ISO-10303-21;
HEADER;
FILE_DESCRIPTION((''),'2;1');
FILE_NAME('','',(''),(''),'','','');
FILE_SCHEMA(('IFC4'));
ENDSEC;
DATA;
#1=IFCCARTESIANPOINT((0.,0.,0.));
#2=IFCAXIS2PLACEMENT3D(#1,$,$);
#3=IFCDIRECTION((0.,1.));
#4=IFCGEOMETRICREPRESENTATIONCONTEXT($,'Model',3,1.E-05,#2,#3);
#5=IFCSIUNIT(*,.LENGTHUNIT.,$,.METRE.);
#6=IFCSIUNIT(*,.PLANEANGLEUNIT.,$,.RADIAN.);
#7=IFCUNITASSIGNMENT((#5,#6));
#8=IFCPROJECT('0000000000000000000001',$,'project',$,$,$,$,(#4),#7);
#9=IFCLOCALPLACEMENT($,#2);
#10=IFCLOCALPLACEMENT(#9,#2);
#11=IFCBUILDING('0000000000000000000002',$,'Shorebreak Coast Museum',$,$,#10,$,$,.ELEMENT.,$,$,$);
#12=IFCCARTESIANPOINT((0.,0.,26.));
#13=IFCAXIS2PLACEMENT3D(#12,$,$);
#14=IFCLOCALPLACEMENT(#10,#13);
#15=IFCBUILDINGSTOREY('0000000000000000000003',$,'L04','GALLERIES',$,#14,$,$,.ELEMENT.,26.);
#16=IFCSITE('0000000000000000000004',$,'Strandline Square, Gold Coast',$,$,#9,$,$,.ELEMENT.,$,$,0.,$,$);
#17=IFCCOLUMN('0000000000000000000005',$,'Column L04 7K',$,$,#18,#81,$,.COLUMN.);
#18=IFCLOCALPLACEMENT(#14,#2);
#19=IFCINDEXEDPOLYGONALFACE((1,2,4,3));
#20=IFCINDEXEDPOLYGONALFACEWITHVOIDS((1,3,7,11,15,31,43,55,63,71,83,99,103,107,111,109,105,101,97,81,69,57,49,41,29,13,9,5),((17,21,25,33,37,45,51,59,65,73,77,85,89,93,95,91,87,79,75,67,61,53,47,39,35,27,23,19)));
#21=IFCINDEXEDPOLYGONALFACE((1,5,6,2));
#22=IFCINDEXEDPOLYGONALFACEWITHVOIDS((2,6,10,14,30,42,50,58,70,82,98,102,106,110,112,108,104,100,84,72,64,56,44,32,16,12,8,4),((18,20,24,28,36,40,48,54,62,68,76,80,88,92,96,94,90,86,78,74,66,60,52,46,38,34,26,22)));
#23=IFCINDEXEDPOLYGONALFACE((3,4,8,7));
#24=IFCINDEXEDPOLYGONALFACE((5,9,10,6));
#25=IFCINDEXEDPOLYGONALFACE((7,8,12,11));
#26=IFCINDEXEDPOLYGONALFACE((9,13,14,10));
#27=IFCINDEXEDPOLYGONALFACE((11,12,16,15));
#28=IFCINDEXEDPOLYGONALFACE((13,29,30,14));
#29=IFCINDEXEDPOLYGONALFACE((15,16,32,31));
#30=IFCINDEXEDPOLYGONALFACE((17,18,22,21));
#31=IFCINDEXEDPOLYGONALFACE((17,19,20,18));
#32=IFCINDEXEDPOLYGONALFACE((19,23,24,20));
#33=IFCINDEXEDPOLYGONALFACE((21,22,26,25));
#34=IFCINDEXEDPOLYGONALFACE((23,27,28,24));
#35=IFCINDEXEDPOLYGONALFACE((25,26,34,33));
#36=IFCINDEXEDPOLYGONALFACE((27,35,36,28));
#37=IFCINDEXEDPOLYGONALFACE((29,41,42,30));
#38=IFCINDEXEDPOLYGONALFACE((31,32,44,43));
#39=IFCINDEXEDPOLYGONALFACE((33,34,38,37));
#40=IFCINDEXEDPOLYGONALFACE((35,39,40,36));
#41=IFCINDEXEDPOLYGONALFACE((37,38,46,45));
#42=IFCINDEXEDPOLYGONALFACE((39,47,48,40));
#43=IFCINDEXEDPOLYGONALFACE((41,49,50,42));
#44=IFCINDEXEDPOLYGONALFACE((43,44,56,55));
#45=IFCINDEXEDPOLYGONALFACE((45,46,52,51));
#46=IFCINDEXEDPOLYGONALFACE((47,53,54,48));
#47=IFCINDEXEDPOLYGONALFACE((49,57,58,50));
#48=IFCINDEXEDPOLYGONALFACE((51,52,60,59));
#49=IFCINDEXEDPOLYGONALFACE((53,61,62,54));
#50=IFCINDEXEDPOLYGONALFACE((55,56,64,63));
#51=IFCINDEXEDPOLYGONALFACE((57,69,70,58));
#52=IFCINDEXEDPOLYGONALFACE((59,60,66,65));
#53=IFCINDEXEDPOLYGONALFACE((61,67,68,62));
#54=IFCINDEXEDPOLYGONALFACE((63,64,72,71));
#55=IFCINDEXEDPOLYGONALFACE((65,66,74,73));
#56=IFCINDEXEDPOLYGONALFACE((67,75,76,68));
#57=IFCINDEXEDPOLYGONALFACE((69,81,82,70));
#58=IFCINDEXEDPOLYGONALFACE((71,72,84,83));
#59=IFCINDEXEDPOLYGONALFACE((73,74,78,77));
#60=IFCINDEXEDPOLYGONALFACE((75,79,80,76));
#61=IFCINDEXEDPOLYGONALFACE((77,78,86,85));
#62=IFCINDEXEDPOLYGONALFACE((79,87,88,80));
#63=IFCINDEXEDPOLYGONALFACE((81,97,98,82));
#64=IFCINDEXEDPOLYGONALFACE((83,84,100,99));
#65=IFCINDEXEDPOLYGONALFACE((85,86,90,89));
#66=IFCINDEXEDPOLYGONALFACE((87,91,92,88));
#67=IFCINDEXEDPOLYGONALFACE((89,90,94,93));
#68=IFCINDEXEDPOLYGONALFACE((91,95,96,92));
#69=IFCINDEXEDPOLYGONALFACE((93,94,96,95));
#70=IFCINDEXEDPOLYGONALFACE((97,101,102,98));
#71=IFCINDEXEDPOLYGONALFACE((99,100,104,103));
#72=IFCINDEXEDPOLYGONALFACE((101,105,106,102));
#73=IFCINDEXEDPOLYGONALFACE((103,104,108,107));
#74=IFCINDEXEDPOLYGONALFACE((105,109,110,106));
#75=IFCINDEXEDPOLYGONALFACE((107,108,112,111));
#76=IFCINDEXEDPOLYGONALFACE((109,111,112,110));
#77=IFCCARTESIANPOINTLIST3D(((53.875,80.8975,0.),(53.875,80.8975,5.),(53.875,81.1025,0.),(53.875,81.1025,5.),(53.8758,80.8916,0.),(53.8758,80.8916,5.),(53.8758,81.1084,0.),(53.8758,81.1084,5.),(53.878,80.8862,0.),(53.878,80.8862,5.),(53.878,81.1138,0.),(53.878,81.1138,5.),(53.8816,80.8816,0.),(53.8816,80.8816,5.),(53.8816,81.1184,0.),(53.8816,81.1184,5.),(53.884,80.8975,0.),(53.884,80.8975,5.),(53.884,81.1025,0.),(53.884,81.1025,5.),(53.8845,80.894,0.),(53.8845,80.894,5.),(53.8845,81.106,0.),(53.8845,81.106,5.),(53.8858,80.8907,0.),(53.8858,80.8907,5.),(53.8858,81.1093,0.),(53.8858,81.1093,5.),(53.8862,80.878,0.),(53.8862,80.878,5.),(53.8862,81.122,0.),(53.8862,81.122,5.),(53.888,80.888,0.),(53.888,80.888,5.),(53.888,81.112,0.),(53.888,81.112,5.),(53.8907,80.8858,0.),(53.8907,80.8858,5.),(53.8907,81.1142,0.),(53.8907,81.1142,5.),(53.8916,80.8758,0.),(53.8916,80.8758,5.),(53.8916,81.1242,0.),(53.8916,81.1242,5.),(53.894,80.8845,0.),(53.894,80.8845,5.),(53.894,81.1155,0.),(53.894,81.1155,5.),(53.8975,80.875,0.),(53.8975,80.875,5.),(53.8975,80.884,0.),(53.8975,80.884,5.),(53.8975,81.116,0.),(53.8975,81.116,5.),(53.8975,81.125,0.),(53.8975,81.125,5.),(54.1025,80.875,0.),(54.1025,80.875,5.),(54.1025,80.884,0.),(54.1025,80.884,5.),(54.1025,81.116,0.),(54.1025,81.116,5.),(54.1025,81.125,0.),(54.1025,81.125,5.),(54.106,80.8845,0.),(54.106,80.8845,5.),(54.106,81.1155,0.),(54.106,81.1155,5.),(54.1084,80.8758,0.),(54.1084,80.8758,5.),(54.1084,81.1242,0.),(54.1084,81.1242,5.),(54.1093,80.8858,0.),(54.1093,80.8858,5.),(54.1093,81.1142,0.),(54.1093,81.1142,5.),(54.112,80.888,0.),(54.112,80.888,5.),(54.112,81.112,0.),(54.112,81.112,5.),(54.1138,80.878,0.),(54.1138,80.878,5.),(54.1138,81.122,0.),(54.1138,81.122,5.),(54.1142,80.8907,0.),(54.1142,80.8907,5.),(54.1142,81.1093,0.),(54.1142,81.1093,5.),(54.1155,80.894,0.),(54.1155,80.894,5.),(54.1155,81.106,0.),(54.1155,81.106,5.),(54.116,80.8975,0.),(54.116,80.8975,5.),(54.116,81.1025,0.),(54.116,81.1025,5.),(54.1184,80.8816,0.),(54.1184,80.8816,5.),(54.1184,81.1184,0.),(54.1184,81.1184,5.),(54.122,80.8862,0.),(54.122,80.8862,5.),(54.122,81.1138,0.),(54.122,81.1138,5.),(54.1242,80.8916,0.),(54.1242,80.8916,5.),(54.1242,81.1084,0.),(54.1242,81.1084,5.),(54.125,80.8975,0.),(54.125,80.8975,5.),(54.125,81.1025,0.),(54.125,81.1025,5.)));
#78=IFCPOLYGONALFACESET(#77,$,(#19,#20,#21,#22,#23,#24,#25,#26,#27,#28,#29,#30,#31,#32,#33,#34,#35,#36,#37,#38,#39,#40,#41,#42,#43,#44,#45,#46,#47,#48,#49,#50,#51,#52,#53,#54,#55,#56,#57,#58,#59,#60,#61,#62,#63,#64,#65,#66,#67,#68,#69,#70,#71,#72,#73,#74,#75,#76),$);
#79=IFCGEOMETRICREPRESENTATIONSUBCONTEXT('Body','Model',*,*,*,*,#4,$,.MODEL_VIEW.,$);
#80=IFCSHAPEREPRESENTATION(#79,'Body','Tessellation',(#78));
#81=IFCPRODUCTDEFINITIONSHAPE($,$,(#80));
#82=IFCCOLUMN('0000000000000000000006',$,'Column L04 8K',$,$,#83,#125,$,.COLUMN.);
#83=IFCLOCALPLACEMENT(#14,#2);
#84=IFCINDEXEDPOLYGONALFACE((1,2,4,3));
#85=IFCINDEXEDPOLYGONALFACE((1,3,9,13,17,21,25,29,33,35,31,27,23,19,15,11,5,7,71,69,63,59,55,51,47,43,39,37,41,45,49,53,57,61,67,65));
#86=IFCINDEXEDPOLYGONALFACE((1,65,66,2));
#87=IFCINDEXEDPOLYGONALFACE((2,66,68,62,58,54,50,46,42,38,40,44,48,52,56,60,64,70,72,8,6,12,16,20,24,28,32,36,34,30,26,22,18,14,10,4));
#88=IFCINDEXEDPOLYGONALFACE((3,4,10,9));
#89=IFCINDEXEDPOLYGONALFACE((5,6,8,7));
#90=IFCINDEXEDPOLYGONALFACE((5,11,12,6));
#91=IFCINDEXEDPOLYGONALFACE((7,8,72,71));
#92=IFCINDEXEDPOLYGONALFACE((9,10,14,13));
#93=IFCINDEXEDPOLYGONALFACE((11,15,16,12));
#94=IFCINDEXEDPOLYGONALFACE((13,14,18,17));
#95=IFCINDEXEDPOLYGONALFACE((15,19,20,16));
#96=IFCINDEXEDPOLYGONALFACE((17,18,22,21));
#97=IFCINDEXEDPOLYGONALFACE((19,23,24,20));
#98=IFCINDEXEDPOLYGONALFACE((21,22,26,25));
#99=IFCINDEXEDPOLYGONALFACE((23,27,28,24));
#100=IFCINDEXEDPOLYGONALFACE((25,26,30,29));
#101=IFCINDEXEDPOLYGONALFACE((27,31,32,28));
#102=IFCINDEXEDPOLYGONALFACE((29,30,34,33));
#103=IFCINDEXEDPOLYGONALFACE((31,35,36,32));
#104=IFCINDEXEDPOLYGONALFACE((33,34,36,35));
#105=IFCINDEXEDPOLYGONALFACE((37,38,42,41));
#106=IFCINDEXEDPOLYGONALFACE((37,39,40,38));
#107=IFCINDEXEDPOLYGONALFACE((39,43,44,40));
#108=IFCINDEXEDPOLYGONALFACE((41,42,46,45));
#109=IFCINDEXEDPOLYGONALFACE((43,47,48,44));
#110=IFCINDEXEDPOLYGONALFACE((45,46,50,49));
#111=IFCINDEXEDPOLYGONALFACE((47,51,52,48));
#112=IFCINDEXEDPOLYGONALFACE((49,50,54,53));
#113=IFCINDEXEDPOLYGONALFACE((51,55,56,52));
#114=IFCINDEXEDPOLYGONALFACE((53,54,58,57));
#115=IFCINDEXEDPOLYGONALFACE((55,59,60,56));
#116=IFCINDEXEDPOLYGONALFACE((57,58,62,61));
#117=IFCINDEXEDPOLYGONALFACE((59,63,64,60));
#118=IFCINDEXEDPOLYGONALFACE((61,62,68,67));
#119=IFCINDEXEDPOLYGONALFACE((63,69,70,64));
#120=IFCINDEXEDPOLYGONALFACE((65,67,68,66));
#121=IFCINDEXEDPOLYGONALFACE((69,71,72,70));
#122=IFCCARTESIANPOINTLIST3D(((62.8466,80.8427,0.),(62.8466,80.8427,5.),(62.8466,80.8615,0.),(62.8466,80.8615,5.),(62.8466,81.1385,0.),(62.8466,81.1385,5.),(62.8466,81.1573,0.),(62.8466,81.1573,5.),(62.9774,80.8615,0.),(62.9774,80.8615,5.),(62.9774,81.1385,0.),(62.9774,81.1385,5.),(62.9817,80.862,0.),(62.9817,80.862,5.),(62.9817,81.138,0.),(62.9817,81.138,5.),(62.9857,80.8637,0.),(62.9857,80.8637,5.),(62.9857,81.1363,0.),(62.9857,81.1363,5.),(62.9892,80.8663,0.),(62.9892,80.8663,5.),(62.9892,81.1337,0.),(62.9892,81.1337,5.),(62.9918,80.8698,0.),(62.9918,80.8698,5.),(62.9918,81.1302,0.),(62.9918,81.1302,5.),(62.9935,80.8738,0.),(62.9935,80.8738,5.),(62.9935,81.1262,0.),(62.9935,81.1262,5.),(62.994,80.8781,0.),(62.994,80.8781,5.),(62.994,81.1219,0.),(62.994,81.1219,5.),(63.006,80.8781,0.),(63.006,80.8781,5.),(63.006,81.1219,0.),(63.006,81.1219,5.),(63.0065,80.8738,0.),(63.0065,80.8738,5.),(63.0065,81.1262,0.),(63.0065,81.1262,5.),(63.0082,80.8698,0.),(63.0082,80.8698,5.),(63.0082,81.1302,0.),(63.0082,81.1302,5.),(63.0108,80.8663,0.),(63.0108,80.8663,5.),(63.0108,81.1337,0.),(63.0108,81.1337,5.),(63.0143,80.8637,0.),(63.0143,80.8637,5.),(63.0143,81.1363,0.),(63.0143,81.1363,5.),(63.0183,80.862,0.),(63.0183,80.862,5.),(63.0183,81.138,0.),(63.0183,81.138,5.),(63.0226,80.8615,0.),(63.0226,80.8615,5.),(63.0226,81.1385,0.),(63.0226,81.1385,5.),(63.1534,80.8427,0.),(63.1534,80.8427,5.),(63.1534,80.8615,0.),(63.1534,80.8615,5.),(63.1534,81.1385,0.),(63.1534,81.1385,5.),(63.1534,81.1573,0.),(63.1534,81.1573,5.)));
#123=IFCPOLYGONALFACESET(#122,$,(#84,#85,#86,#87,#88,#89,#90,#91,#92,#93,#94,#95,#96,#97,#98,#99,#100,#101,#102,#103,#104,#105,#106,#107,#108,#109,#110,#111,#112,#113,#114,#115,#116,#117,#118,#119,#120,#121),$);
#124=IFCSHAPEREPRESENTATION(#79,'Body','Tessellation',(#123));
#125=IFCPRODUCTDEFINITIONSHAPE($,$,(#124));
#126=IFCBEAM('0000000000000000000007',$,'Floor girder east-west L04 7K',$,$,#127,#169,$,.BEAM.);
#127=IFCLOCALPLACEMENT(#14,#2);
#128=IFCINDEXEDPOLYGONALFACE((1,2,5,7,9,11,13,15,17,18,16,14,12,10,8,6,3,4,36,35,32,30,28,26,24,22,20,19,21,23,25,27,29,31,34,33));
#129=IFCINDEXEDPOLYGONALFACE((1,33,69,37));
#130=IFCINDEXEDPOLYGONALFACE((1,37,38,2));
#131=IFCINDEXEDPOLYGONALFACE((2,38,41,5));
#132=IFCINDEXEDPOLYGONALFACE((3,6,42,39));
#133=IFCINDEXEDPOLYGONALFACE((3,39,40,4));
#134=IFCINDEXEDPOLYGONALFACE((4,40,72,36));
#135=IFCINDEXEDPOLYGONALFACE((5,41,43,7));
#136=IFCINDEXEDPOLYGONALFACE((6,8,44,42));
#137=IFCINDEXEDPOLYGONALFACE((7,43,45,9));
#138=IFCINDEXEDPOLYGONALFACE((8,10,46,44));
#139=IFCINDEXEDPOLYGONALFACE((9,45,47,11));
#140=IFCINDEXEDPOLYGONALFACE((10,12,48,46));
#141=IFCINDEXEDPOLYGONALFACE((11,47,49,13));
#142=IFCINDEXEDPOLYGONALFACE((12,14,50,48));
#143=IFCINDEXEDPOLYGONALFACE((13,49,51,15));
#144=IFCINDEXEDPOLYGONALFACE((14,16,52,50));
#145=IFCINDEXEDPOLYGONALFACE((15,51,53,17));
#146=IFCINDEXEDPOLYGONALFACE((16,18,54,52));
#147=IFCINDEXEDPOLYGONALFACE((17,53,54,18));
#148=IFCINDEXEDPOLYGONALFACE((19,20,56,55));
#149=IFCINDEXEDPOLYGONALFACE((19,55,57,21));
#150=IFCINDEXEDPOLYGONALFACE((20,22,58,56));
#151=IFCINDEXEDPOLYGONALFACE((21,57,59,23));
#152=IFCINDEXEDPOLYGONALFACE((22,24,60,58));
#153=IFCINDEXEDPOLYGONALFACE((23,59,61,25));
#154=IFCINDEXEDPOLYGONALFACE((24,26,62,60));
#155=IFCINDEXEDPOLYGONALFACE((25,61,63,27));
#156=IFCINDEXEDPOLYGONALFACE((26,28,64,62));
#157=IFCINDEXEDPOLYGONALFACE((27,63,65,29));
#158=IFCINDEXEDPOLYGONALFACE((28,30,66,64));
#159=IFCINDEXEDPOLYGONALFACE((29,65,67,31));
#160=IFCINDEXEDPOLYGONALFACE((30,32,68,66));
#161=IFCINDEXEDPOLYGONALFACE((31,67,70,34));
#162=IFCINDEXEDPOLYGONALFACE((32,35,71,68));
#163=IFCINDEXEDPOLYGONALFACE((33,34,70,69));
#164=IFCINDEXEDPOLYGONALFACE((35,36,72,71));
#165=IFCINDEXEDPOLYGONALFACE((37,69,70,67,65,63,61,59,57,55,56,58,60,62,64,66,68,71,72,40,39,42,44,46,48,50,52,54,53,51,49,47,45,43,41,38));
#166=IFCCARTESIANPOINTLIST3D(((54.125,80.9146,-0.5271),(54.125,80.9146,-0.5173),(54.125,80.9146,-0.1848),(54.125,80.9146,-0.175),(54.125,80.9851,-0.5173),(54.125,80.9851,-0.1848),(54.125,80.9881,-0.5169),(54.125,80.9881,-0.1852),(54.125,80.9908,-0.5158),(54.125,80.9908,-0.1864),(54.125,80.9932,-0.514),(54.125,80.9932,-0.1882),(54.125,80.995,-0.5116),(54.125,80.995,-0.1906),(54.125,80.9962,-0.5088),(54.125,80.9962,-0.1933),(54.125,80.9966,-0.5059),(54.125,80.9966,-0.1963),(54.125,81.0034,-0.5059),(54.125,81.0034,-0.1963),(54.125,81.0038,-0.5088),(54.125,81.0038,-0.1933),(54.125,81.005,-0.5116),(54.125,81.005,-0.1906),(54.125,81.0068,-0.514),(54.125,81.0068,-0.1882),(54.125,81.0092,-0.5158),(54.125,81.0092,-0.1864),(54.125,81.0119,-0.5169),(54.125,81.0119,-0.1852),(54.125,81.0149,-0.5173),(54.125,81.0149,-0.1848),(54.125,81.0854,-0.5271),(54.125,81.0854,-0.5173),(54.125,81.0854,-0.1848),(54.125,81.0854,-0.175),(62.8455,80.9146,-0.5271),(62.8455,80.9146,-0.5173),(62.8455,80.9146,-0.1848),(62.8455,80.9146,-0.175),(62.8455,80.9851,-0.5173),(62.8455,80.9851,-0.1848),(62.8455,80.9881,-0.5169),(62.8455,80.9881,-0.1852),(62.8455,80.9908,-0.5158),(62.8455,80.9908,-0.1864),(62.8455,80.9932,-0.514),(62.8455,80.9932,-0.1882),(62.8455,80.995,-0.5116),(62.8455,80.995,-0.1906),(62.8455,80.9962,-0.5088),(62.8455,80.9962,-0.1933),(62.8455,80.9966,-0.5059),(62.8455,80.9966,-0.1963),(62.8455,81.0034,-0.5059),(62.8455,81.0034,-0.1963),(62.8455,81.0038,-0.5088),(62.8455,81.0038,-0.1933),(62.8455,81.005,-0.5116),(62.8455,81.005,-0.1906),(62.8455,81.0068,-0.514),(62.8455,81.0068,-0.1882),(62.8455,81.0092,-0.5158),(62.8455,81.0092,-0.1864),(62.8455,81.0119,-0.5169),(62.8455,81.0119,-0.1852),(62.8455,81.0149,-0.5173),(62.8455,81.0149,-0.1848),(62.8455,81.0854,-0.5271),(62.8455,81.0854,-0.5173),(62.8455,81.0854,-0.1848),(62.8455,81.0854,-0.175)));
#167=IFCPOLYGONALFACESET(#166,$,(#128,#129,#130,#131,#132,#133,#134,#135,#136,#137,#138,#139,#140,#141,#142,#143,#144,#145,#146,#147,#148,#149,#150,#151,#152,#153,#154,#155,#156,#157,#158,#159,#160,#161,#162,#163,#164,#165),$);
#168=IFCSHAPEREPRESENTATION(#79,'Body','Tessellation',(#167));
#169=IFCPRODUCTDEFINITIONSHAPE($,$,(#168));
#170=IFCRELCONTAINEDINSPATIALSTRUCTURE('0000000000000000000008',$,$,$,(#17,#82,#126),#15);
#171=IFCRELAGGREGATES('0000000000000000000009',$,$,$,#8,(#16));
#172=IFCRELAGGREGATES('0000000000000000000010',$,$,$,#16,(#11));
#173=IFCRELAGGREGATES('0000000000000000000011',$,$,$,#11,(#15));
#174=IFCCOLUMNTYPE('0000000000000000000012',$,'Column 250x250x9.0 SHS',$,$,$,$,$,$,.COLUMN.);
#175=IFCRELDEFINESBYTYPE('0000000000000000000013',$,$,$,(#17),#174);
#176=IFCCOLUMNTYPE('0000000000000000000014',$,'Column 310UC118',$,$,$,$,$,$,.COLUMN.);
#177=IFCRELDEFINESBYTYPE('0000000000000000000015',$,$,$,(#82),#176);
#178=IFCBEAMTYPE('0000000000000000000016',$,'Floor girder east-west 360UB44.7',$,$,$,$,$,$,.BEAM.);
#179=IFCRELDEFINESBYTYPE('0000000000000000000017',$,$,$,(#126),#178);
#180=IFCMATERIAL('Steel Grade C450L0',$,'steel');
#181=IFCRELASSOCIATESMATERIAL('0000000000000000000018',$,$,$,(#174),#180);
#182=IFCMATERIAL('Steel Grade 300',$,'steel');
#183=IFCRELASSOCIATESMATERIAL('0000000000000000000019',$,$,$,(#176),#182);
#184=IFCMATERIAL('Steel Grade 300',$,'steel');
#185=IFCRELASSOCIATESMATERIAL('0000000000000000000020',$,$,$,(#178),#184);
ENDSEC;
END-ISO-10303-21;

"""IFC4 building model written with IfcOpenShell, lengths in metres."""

from ifc_helpers import new_model, si_unit, direction, frame, origin, origin_2d, place, context, subcontext, project, spatial, hollow_rectangle, i_section, extrude, material, material_profile, profile_set, type_object, element, save


model = new_model("IFC4")

# Units and contexts
model_context = context("Model", 3, precision=1e-05, world=origin(), true_north=direction((0.0, 1.0)))
body_context = subcontext(model_context, "Body", "Model", "MODEL_VIEW")
ifc_project = project(units=[si_unit("LENGTHUNIT", "METRE"), si_unit("PLANEANGLEUNIT", "RADIAN")], contexts=[model_context])

# Site, building, storey
site_placement = place(None, origin())
site = spatial("IfcSite", under=ifc_project, at=site_placement, Name="Strandline Square, Gold Coast", CompositionType="ELEMENT", RefElevation=0.0)
building_placement = place(site_placement, origin())
building = spatial("IfcBuilding", under=site, at=building_placement, Name="Shorebreak Coast Museum", CompositionType="ELEMENT")
storey_placement = place(building_placement, frame((0.0, 0.0, 26.0)))
storey = spatial("IfcBuildingStorey", under=building, at=storey_placement, Name="L04", Description="GALLERIES", CompositionType="ELEMENT", Elevation=26.0)

# Columns
ifc_material_1 = material(Name="Steel Grade C450L0", Category="steel")
ifc_material_profile_1 = material_profile(ifc_material_1, hollow_rectangle(XDim=0.25, YDim=0.25, WallThickness=0.009, InnerFilletRadius=0.0134, OuterFilletRadius=0.0225, at=origin_2d()), Name="250x250x9.0 SHS")
ifc_profile_set_1 = profile_set([ifc_material_profile_1], Name="Steel Grade C450L0")
column_type_1 = type_object("IfcColumnType", Name="Column 250x250x9.0 SHS", PredefinedType="COLUMN", material=ifc_profile_set_1)
column_1_placement = place(storey_placement, frame((54.0, 81.0, 0.0), z_axis=(0.0, 0.0, 1.0), x_axis=(1.0, 0.0, 0.0)))
element("IfcColumn", 1, at=column_1_placement, inside=storey, type_object=column_type_1, Name="Column L04 7K", PredefinedType="COLUMN", context=body_context, shape_type="SweptSolid", body=[
    extrude(hollow_rectangle(XDim=0.25, YDim=0.25, WallThickness=0.009, InnerFilletRadius=0.0134, OuterFilletRadius=0.0225, at=origin_2d()), origin(), (0.0, 0.0, 1.0), 5.0),
])
ifc_material_2 = material(Name="Steel Grade 300", Category="steel")
ifc_material_profile_2 = material_profile(ifc_material_2, i_section(OverallWidth=0.3069, OverallDepth=0.3147, WebThickness=0.012, FlangeThickness=0.0188, FilletRadius=0.0166, at=origin_2d()), Name="310UC118")
ifc_profile_set_2 = profile_set([ifc_material_profile_2], Name="Steel Grade 300")
column_type_2 = type_object("IfcColumnType", Name="Column 310UC118", PredefinedType="COLUMN", material=ifc_profile_set_2)
column_2_placement = place(storey_placement, frame((63.0, 81.0, 0.0), z_axis=(0.0, 0.0, 1.0), x_axis=(1.0, 0.0, 0.0)))
element("IfcColumn", 2, at=column_2_placement, inside=storey, type_object=column_type_2, Name="Column L04 8K", PredefinedType="COLUMN", context=body_context, shape_type="SweptSolid", body=[
    extrude(i_section(OverallWidth=0.3069, OverallDepth=0.3147, WebThickness=0.012, FlangeThickness=0.0188, FilletRadius=0.0166, at=origin_2d()), origin(), (0.0, 0.0, 1.0), 5.0),
])

# Beam
ifc_material_3 = material(Name="Steel Grade 300", Category="steel")
ifc_material_profile_3 = material_profile(ifc_material_3, i_section(OverallWidth=0.1709, OverallDepth=0.3521, WebThickness=0.0068, FlangeThickness=0.0098, FilletRadius=0.0115, at=origin_2d()), Name="360UB44.7")
ifc_profile_set_3 = profile_set([ifc_material_profile_3], Name="Steel Grade 300")
beam_type_1 = type_object("IfcBeamType", Name="Floor girder east-west 360UB44.7", PredefinedType="BEAM", material=ifc_profile_set_3)
beam_1_placement = place(storey_placement, frame((54.125, 81.0, -0.3511), z_axis=(1.0, 0.0, 0.0), x_axis=(0.0, 1.0, 0.0)))
element("IfcBeam", 3, at=beam_1_placement, inside=storey, type_object=beam_type_1, Name="Floor girder east-west L04 7K", PredefinedType="BEAM", context=body_context, shape_type="SweptSolid", body=[
    extrude(i_section(OverallWidth=0.1709, OverallDepth=0.3521, WebThickness=0.0068, FlangeThickness=0.0098, FilletRadius=0.0115, at=origin_2d()), origin(), (0.0, 0.0, 1.0), 8.7205),
])

save(model, "model.ifc")
